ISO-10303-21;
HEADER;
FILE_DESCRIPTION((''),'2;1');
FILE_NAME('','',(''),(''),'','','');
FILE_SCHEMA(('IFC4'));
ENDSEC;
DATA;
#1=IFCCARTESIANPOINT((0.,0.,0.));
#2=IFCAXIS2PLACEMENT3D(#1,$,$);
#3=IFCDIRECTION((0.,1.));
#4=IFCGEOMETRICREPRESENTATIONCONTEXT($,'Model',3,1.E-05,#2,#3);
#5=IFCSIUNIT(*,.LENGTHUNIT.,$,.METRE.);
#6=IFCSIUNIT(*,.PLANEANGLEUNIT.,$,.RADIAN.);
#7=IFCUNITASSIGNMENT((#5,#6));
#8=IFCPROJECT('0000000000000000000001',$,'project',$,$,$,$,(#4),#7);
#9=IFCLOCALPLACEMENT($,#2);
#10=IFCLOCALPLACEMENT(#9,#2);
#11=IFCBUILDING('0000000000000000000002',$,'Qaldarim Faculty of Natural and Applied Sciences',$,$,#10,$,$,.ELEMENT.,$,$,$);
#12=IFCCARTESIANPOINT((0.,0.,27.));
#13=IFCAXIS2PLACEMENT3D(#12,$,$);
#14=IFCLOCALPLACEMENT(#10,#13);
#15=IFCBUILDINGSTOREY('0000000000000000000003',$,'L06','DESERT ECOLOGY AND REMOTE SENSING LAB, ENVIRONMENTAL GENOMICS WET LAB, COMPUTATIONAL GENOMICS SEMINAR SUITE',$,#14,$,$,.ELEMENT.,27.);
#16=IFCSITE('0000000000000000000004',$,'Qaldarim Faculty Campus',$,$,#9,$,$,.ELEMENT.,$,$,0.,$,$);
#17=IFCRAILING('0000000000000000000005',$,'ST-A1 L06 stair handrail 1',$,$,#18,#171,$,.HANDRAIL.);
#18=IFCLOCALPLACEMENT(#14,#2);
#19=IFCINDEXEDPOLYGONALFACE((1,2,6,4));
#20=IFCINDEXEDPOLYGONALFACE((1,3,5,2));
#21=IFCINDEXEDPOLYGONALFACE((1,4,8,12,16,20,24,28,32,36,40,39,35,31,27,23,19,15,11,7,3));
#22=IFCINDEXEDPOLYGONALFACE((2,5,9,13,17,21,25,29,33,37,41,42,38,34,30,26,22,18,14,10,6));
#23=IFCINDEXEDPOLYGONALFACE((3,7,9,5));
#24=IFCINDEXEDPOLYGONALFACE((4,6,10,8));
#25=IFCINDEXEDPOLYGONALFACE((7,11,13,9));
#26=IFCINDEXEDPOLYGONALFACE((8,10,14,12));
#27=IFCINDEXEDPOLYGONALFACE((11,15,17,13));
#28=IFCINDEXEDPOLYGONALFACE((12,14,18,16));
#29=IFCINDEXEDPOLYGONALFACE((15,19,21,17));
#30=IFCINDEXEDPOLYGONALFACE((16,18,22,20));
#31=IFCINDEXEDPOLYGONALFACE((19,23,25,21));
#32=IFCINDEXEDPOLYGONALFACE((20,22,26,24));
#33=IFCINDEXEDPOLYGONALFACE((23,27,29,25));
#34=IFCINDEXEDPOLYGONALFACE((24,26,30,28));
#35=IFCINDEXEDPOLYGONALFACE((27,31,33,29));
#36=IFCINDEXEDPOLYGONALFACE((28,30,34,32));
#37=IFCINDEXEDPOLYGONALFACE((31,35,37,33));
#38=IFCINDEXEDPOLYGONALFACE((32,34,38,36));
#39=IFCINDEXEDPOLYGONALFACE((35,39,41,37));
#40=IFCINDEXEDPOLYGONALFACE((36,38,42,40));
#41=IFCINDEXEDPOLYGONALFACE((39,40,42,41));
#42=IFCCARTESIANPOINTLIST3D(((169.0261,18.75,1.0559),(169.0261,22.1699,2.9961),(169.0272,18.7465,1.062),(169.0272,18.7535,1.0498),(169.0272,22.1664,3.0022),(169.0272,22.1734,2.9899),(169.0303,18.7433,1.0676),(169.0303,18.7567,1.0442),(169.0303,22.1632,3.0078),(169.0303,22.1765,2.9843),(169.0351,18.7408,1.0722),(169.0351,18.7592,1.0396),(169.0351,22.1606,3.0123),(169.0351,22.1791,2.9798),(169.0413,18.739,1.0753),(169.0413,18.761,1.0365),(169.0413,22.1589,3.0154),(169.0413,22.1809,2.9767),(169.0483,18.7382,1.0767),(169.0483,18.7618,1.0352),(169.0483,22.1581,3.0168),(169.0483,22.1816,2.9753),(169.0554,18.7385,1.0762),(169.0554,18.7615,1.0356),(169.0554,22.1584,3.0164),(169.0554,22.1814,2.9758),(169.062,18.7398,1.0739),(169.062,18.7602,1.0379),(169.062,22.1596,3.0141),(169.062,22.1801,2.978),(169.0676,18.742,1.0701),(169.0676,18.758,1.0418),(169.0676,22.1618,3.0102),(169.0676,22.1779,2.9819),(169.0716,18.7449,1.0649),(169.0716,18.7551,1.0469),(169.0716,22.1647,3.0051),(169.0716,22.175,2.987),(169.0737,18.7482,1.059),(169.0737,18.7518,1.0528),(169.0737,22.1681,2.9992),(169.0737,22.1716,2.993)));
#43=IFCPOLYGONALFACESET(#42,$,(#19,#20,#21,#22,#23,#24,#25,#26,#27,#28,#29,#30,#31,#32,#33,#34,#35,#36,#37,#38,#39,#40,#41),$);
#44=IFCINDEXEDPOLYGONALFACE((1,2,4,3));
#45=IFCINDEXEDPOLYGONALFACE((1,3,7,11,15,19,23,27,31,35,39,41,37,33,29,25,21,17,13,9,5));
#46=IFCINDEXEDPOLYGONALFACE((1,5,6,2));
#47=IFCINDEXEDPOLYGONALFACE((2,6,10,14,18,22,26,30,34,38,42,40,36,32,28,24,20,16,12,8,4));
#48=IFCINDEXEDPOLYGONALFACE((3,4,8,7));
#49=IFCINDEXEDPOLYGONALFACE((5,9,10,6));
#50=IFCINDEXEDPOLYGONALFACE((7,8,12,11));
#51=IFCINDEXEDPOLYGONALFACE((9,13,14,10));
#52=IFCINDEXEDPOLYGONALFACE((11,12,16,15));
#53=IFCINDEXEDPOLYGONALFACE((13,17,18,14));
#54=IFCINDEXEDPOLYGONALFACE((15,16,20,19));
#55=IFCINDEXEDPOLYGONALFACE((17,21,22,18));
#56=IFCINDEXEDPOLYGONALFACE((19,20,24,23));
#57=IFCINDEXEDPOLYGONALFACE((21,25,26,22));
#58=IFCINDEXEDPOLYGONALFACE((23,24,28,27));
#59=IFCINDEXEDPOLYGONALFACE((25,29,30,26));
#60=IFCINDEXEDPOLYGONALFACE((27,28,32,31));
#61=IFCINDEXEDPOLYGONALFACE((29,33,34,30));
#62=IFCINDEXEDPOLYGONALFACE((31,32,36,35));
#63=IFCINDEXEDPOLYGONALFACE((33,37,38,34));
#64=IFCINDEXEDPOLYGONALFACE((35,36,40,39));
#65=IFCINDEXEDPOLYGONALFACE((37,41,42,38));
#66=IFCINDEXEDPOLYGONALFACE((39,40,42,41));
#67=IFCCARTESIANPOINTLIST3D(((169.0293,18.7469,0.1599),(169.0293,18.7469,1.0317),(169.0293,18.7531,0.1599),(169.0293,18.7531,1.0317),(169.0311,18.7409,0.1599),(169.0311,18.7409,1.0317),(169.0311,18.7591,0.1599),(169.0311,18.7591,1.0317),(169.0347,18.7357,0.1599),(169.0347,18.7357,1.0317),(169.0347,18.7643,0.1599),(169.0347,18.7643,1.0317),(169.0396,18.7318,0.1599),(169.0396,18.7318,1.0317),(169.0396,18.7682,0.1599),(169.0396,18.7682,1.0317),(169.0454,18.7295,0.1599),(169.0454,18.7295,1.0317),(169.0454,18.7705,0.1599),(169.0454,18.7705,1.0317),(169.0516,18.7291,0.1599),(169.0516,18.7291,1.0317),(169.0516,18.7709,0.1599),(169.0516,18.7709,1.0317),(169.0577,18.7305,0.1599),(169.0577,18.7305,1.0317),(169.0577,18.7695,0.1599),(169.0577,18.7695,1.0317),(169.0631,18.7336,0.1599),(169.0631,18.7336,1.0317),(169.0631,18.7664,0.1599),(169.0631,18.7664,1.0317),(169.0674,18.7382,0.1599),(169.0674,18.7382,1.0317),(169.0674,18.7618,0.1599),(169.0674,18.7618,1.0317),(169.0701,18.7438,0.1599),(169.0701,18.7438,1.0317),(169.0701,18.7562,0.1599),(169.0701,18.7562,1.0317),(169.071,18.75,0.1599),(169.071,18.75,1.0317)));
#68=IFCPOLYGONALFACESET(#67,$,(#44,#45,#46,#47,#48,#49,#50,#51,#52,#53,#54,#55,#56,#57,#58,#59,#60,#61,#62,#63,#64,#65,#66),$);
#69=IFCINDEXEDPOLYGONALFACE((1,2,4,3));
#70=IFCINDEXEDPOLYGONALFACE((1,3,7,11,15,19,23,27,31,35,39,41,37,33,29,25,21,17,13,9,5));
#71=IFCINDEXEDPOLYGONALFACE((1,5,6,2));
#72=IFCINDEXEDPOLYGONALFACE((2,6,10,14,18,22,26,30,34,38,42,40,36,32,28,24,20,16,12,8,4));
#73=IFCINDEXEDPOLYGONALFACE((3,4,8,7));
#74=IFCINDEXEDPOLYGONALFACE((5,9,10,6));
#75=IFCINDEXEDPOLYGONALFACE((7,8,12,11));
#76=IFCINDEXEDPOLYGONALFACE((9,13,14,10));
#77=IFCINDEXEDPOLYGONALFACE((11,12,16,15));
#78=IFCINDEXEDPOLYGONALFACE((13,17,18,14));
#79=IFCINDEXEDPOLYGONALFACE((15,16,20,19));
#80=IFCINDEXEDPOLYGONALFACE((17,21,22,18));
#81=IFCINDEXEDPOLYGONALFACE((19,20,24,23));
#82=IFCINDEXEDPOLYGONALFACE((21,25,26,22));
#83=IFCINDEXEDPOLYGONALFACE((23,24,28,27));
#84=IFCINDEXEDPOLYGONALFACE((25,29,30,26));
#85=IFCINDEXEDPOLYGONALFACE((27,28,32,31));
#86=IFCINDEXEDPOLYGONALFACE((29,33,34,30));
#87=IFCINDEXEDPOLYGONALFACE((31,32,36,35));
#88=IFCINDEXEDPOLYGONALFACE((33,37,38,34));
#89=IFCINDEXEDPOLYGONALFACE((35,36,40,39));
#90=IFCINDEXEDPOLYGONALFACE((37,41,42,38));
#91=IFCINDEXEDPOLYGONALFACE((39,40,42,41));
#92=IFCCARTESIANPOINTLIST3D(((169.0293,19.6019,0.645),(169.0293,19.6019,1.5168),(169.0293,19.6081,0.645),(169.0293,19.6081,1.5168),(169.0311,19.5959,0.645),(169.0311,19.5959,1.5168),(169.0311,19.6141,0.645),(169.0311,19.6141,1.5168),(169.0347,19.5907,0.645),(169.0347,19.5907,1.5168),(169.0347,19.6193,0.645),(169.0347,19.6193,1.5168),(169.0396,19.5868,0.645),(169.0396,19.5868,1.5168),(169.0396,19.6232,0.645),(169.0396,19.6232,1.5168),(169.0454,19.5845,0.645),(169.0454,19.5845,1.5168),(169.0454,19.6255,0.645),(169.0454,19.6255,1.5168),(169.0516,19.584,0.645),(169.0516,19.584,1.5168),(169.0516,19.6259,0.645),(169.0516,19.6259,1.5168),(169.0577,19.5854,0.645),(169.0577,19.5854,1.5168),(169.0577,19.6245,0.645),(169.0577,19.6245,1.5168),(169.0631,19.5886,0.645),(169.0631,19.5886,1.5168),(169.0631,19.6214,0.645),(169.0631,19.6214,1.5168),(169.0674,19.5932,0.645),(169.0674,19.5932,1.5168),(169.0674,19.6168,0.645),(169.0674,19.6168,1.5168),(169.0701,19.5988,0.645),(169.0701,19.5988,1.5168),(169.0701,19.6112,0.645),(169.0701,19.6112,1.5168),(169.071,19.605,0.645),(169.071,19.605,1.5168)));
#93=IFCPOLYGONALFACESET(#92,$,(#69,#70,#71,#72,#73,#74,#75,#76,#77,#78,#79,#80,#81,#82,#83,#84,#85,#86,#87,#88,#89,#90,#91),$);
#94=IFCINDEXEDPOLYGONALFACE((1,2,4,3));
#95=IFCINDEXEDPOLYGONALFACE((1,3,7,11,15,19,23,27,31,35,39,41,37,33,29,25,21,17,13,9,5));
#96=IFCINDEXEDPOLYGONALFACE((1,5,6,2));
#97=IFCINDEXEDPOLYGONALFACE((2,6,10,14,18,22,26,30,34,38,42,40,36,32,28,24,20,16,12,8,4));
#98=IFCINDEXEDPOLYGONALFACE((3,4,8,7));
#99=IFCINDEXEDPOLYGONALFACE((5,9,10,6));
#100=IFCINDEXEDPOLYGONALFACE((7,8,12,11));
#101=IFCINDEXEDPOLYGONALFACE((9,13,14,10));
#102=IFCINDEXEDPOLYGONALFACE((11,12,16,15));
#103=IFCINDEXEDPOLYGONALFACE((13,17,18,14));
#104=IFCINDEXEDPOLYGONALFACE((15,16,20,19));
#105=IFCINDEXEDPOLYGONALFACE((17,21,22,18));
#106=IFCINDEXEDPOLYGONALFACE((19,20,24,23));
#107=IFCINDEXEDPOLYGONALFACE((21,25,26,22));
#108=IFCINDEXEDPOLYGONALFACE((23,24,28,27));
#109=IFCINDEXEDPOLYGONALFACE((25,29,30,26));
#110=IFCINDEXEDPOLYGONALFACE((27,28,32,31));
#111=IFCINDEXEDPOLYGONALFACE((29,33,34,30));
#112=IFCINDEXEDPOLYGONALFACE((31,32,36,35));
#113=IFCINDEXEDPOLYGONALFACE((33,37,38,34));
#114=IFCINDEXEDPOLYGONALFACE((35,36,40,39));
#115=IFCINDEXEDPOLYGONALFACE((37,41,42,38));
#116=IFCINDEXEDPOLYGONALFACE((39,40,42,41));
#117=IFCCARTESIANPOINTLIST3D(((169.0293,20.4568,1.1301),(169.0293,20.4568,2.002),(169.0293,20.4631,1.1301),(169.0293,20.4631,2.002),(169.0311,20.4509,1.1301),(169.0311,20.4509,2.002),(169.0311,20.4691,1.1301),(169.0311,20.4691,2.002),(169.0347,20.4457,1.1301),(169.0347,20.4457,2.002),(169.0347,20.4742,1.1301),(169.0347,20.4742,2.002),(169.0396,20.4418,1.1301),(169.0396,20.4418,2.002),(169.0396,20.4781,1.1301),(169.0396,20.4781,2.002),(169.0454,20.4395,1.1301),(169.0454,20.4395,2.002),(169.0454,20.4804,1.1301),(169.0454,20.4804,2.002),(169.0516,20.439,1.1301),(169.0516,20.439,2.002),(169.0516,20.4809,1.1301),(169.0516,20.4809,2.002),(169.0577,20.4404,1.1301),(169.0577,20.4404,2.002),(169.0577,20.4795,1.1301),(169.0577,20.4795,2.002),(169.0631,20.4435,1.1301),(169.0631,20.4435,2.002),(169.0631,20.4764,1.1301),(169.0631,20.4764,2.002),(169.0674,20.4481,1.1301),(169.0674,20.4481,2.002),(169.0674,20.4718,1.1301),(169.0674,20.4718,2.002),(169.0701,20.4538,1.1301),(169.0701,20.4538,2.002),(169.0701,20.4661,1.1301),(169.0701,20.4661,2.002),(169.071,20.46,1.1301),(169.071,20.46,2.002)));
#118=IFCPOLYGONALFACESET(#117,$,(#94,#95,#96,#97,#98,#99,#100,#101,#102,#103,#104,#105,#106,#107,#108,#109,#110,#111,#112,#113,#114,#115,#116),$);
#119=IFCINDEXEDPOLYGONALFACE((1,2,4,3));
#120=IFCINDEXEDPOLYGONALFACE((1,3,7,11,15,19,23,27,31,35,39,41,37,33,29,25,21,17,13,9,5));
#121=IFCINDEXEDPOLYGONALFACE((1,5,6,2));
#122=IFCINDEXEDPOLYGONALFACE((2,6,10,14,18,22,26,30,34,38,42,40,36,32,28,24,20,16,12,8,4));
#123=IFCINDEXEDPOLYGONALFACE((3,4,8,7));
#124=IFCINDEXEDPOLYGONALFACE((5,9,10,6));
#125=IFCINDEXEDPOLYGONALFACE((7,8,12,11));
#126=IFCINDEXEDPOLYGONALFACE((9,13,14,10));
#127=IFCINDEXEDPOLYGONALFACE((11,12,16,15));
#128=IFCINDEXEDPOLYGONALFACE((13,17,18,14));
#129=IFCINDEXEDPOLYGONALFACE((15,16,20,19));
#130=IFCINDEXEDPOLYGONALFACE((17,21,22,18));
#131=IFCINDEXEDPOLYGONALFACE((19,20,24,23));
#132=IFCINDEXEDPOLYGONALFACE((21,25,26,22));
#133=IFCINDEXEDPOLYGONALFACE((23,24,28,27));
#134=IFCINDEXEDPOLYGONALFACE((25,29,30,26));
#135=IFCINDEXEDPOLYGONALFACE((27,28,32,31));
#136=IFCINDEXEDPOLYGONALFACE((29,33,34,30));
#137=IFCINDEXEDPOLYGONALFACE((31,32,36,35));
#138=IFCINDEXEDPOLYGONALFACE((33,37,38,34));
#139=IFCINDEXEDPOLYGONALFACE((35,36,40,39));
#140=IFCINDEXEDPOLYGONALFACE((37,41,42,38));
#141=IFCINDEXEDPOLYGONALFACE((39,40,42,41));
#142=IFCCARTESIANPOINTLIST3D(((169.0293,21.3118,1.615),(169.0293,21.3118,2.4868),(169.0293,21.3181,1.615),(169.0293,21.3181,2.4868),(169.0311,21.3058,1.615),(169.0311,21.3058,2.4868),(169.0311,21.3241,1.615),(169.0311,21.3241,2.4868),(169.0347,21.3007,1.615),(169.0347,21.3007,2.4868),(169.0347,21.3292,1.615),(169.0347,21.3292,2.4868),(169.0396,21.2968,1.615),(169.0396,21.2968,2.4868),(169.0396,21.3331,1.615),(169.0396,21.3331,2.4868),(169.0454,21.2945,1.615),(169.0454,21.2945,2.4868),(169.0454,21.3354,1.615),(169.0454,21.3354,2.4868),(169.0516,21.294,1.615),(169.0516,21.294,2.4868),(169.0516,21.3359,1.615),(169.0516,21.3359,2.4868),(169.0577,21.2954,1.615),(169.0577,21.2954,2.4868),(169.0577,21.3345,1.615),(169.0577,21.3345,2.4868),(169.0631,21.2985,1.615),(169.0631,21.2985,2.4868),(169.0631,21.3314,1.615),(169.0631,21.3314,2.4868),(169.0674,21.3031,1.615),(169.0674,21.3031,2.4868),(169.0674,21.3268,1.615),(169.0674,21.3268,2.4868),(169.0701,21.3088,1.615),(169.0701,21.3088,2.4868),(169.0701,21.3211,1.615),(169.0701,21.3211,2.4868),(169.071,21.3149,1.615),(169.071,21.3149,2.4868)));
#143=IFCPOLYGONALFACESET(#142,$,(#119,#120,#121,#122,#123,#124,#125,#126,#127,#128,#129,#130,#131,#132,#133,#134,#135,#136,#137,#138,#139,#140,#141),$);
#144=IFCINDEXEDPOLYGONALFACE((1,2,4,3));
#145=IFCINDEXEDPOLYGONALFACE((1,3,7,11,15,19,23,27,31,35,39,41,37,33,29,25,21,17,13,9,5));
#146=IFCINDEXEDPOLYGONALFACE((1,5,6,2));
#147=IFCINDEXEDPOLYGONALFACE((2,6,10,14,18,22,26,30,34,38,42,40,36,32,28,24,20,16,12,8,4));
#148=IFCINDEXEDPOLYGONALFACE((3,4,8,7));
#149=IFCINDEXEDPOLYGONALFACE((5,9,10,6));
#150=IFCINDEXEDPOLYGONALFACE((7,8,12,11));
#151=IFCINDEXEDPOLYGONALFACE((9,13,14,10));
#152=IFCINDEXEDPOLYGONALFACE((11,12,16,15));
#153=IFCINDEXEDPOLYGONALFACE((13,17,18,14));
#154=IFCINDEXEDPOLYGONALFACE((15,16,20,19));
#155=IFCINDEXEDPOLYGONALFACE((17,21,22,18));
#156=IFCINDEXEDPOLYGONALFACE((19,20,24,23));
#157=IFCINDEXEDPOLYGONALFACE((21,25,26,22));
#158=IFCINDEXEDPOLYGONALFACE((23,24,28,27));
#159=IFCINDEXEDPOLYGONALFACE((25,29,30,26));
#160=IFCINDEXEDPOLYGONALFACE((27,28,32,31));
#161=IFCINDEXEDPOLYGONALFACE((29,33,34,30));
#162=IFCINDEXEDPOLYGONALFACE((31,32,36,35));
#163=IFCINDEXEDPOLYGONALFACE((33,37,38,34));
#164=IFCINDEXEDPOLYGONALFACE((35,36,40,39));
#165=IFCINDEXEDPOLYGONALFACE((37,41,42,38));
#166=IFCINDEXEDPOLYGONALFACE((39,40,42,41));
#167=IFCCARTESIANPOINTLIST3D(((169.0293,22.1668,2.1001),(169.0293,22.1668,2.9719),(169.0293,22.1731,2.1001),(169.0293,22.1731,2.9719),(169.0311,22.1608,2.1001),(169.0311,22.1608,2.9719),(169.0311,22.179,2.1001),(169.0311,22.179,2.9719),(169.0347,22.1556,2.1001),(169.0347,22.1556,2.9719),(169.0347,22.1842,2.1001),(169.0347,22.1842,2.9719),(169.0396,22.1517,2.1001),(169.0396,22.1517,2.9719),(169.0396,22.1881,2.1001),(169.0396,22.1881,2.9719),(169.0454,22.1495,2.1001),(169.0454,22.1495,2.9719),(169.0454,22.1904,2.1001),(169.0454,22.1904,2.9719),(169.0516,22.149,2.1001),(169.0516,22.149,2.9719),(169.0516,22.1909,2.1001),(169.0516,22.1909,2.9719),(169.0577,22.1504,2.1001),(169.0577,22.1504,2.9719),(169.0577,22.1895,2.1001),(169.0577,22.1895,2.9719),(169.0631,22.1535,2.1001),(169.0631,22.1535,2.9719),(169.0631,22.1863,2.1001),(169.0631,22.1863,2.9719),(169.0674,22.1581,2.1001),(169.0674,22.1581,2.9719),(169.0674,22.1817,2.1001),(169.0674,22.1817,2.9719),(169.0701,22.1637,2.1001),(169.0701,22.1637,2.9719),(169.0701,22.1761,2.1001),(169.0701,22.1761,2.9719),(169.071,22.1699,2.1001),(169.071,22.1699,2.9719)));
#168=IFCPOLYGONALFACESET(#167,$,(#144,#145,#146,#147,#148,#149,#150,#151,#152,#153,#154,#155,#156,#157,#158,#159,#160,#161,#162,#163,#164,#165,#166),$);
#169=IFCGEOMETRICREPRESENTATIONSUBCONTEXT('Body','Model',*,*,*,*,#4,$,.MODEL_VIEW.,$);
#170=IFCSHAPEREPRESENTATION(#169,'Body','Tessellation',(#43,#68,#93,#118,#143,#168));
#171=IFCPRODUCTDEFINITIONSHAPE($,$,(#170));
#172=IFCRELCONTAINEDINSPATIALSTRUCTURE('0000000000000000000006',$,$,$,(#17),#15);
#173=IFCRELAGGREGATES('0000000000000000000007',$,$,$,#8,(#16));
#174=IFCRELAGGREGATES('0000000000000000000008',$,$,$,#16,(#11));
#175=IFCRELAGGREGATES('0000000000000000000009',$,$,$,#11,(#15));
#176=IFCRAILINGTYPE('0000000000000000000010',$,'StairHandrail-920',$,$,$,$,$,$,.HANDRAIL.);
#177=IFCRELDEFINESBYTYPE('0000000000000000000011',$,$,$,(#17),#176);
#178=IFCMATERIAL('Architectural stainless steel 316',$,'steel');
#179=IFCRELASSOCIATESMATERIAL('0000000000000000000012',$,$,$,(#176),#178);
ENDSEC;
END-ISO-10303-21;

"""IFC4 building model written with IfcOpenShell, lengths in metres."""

from ifc_helpers import new_model, si_unit, direction, frame, origin, origin_2d, place, context, subcontext, project, spatial, circle, extrude, material, type_object, element, save


model = new_model("IFC4")

# Units and contexts
model_context = context("Model", 3, precision=1e-05, world=origin(), true_north=direction((0.0, 1.0)))
body_context = subcontext(model_context, "Body", "Model", "MODEL_VIEW")
ifc_project = project(units=[si_unit("LENGTHUNIT", "METRE"), si_unit("PLANEANGLEUNIT", "RADIAN")], contexts=[model_context])

# Site, building, storey
site_placement = place(None, origin())
site = spatial("IfcSite", under=ifc_project, at=site_placement, Name="Qaldarim Faculty Campus", CompositionType="ELEMENT", RefElevation=0.0)
building_placement = place(site_placement, origin())
building = spatial("IfcBuilding", under=site, at=building_placement, Name="Qaldarim Faculty of Natural and Applied Sciences", CompositionType="ELEMENT")
storey_placement = place(building_placement, frame((0.0, 0.0, 27.0)))
storey = spatial("IfcBuildingStorey", under=building, at=storey_placement, Name="L06", Description="DESERT ECOLOGY AND REMOTE SENSING LAB, ENVIRONMENTAL GENOMICS WET LAB, COMPUTATIONAL GENOMICS SEMINAR SUITE", CompositionType="ELEMENT", Elevation=27.0)

# Shared definitions
ifc_material_1 = material(Name="Architectural stainless steel 316", Category="steel")

# Railing
railing_type_1 = type_object("IfcRailingType", Name="StairHandrail-920", PredefinedType="HANDRAIL", material=ifc_material_1)
railing_1_placement = place(storey_placement, frame((169.05, 18.75, 0.1599)))
element("IfcRailing", 1, at=railing_1_placement, inside=storey, type_object=railing_type_1, Name="ST-A1 L06 stair handrail 1", PredefinedType="HANDRAIL", context=body_context, shape_type="SweptSolid", body=[
    extrude(circle(Radius=0.0239, at=origin_2d()), frame((0.0, 0.0, 0.896), z_axis=(0.0, 0.869779, 0.493442), x_axis=(-1.0, 0.0, 0.0)), (0.0, 0.0, 1.0), 3.9319),
    extrude(circle(Radius=0.021, at=origin_2d()), origin(), (0.0, 0.0, 1.0), 0.8718),
    extrude(circle(Radius=0.021, at=origin_2d()), frame((0.0, 0.855, 0.4851)), (0.0, 0.0, 1.0), 0.8718),
    extrude(circle(Radius=0.021, at=origin_2d()), frame((0.0, 1.71, 0.9702)), (0.0, 0.0, 1.0), 0.8718),
    extrude(circle(Radius=0.021, at=origin_2d()), frame((0.0, 2.5649, 1.4551)), (0.0, 0.0, 1.0), 0.8718),
    extrude(circle(Radius=0.021, at=origin_2d()), frame((0.0, 3.4199, 1.9402)), (0.0, 0.0, 1.0), 0.8718),
])

save(model, "model.ifc")
